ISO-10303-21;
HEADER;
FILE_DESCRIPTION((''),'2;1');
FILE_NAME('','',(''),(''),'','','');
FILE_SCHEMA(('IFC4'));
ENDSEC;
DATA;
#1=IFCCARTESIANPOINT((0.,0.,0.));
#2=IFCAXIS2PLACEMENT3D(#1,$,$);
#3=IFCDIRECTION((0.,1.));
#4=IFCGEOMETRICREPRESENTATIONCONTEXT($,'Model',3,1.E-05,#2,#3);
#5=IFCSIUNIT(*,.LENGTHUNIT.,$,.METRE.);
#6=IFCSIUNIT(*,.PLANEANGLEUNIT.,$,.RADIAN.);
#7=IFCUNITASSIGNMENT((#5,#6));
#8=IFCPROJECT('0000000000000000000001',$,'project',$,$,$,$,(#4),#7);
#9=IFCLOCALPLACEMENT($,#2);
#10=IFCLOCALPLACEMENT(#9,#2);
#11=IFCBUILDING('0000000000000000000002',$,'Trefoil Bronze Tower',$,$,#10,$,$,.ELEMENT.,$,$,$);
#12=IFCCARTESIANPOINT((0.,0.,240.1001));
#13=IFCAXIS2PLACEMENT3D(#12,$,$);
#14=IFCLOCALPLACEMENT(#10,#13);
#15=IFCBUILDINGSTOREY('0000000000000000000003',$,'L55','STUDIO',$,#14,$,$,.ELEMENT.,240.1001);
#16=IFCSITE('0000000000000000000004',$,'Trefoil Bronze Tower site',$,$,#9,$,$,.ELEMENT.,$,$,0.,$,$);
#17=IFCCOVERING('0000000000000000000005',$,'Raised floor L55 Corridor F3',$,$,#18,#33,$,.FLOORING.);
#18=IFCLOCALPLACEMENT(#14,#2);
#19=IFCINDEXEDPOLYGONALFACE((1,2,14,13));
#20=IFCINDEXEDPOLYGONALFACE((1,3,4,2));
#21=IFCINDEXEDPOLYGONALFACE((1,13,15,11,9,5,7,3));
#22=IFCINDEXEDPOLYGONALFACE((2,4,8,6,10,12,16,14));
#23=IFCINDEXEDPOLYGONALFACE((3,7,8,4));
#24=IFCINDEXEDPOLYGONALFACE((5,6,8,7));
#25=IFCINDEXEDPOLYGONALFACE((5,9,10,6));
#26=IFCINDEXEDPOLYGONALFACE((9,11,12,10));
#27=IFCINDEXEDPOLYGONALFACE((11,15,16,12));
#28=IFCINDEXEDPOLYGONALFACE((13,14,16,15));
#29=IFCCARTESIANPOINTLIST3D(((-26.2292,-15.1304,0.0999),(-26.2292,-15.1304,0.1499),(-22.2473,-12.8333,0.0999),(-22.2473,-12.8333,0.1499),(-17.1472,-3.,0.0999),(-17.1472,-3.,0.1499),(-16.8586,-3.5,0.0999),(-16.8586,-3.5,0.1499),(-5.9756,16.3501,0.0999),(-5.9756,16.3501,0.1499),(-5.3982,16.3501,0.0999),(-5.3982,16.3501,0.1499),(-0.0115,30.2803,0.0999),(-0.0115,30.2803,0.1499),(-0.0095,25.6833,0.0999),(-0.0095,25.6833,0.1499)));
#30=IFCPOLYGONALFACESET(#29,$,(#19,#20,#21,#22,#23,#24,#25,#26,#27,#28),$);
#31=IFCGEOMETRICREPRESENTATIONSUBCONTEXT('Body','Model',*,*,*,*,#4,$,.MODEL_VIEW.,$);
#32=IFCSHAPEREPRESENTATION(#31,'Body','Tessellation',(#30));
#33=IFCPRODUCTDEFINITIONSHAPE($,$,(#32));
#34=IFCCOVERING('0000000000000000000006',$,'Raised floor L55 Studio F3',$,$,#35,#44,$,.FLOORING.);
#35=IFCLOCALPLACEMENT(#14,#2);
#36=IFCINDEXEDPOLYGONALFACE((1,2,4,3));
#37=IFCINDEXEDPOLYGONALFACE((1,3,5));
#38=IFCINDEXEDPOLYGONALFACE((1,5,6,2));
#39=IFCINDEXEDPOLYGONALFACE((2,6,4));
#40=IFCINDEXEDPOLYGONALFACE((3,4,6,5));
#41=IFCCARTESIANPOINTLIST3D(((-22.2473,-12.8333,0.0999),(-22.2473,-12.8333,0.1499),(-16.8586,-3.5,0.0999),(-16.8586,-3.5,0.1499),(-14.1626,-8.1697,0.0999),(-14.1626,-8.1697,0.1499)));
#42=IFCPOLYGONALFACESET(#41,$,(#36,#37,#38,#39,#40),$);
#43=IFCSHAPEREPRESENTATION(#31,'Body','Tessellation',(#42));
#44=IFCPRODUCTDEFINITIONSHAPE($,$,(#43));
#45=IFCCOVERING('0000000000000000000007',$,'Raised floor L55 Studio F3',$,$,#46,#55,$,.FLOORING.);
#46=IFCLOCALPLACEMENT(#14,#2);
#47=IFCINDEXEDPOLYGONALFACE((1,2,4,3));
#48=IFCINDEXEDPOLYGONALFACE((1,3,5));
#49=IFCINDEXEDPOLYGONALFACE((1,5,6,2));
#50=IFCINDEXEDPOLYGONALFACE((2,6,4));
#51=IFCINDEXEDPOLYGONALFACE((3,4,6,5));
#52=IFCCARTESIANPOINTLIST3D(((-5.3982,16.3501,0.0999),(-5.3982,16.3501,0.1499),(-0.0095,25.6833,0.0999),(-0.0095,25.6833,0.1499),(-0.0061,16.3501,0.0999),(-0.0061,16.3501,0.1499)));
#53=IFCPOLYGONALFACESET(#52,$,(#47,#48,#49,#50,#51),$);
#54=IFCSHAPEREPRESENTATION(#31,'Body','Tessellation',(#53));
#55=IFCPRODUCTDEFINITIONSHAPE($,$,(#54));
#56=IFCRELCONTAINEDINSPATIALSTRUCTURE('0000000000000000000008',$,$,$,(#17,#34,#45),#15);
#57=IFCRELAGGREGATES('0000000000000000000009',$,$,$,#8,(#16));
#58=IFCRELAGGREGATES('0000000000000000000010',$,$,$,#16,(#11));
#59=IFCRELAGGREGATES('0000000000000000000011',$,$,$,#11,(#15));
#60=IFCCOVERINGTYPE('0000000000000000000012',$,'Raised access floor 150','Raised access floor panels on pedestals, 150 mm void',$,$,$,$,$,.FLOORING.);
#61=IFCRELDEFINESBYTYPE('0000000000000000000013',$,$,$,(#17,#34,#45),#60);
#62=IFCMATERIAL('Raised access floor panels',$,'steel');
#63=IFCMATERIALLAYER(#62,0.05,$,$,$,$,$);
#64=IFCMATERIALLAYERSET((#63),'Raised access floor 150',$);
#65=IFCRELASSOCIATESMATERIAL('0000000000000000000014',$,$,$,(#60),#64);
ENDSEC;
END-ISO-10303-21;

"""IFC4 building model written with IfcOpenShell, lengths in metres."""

from ifc_helpers import new_model, si_unit, direction, frame, origin, place, context, subcontext, project, spatial, polyline, outline, extrude, material, layer, layer_set, type_object, element, save


model = new_model("IFC4")

# Units and contexts
model_context = context("Model", 3, precision=1e-05, world=origin(), true_north=direction((0.0, 1.0)))
body_context = subcontext(model_context, "Body", "Model", "MODEL_VIEW")
ifc_project = project(units=[si_unit("LENGTHUNIT", "METRE"), si_unit("PLANEANGLEUNIT", "RADIAN")], contexts=[model_context])

# Site, building, storey
site_placement = place(None, origin())
site = spatial("IfcSite", under=ifc_project, at=site_placement, Name="Trefoil Bronze Tower site", CompositionType="ELEMENT", RefElevation=0.0)
building_placement = place(site_placement, origin())
building = spatial("IfcBuilding", under=site, at=building_placement, Name="Trefoil Bronze Tower", CompositionType="ELEMENT")
storey_placement = place(building_placement, frame((0.0, 0.0, 240.1001)))
storey = spatial("IfcBuildingStorey", under=building, at=storey_placement, Name="L55", Description="STUDIO", CompositionType="ELEMENT", Elevation=240.1001)

# Coverings
ifc_material_1 = material(Name="Raised access floor panels", Category="steel")
ifc_layer_1 = layer(ifc_material_1, 0.05)
ifc_layer_set_1 = layer_set([ifc_layer_1], Name="Raised access floor 150")
covering_type_1 = type_object("IfcCoveringType", Name="Raised access floor 150", Description="Raised access floor panels on pedestals, 150 mm void", PredefinedType="FLOORING", material=ifc_layer_set_1)
covering_1_placement = place(storey_placement, frame((0.0, 0.0, 0.0999)))
element("IfcCovering", 1, at=covering_1_placement, inside=storey, type_object=covering_type_1, Name="Raised floor L55 Corridor F3", PredefinedType="FLOORING", context=body_context, shape_type="SweptSolid", body=[
    extrude(outline(polyline([(-26.2292, -15.1304), (-0.0115, 30.2803), (-0.0095, 25.6833), (-5.3982, 16.3501), (-5.9756, 16.3501), (-17.1472, -3.0), (-16.8586, -3.5), (-22.2473, -12.8333), (-26.2292, -15.1304)])), origin(), (0.0, 0.0, 1.0), 0.05),
])
covering_2_placement = place(storey_placement, frame((0.0, 0.0, 0.0999)))
element("IfcCovering", 2, at=covering_2_placement, inside=storey, type_object=covering_type_1, Name="Raised floor L55 Studio F3", PredefinedType="FLOORING", context=body_context, shape_type="SweptSolid", body=[
    extrude(outline(polyline([(-14.1626, -8.1697), (-22.2473, -12.8333), (-16.8586, -3.5), (-14.1626, -8.1697)])), origin(), (0.0, 0.0, 1.0), 0.05),
])
covering_3_placement = place(storey_placement, frame((0.0, 0.0, 0.0999)))
element("IfcCovering", 3, at=covering_3_placement, inside=storey, type_object=covering_type_1, Name="Raised floor L55 Studio F3", PredefinedType="FLOORING", context=body_context, shape_type="SweptSolid", body=[
    extrude(outline(polyline([(-0.0061, 16.3501), (-5.3982, 16.3501), (-0.0095, 25.6833), (-0.0061, 16.3501)])), origin(), (0.0, 0.0, 1.0), 0.05),
])

save(model, "model.ifc")
